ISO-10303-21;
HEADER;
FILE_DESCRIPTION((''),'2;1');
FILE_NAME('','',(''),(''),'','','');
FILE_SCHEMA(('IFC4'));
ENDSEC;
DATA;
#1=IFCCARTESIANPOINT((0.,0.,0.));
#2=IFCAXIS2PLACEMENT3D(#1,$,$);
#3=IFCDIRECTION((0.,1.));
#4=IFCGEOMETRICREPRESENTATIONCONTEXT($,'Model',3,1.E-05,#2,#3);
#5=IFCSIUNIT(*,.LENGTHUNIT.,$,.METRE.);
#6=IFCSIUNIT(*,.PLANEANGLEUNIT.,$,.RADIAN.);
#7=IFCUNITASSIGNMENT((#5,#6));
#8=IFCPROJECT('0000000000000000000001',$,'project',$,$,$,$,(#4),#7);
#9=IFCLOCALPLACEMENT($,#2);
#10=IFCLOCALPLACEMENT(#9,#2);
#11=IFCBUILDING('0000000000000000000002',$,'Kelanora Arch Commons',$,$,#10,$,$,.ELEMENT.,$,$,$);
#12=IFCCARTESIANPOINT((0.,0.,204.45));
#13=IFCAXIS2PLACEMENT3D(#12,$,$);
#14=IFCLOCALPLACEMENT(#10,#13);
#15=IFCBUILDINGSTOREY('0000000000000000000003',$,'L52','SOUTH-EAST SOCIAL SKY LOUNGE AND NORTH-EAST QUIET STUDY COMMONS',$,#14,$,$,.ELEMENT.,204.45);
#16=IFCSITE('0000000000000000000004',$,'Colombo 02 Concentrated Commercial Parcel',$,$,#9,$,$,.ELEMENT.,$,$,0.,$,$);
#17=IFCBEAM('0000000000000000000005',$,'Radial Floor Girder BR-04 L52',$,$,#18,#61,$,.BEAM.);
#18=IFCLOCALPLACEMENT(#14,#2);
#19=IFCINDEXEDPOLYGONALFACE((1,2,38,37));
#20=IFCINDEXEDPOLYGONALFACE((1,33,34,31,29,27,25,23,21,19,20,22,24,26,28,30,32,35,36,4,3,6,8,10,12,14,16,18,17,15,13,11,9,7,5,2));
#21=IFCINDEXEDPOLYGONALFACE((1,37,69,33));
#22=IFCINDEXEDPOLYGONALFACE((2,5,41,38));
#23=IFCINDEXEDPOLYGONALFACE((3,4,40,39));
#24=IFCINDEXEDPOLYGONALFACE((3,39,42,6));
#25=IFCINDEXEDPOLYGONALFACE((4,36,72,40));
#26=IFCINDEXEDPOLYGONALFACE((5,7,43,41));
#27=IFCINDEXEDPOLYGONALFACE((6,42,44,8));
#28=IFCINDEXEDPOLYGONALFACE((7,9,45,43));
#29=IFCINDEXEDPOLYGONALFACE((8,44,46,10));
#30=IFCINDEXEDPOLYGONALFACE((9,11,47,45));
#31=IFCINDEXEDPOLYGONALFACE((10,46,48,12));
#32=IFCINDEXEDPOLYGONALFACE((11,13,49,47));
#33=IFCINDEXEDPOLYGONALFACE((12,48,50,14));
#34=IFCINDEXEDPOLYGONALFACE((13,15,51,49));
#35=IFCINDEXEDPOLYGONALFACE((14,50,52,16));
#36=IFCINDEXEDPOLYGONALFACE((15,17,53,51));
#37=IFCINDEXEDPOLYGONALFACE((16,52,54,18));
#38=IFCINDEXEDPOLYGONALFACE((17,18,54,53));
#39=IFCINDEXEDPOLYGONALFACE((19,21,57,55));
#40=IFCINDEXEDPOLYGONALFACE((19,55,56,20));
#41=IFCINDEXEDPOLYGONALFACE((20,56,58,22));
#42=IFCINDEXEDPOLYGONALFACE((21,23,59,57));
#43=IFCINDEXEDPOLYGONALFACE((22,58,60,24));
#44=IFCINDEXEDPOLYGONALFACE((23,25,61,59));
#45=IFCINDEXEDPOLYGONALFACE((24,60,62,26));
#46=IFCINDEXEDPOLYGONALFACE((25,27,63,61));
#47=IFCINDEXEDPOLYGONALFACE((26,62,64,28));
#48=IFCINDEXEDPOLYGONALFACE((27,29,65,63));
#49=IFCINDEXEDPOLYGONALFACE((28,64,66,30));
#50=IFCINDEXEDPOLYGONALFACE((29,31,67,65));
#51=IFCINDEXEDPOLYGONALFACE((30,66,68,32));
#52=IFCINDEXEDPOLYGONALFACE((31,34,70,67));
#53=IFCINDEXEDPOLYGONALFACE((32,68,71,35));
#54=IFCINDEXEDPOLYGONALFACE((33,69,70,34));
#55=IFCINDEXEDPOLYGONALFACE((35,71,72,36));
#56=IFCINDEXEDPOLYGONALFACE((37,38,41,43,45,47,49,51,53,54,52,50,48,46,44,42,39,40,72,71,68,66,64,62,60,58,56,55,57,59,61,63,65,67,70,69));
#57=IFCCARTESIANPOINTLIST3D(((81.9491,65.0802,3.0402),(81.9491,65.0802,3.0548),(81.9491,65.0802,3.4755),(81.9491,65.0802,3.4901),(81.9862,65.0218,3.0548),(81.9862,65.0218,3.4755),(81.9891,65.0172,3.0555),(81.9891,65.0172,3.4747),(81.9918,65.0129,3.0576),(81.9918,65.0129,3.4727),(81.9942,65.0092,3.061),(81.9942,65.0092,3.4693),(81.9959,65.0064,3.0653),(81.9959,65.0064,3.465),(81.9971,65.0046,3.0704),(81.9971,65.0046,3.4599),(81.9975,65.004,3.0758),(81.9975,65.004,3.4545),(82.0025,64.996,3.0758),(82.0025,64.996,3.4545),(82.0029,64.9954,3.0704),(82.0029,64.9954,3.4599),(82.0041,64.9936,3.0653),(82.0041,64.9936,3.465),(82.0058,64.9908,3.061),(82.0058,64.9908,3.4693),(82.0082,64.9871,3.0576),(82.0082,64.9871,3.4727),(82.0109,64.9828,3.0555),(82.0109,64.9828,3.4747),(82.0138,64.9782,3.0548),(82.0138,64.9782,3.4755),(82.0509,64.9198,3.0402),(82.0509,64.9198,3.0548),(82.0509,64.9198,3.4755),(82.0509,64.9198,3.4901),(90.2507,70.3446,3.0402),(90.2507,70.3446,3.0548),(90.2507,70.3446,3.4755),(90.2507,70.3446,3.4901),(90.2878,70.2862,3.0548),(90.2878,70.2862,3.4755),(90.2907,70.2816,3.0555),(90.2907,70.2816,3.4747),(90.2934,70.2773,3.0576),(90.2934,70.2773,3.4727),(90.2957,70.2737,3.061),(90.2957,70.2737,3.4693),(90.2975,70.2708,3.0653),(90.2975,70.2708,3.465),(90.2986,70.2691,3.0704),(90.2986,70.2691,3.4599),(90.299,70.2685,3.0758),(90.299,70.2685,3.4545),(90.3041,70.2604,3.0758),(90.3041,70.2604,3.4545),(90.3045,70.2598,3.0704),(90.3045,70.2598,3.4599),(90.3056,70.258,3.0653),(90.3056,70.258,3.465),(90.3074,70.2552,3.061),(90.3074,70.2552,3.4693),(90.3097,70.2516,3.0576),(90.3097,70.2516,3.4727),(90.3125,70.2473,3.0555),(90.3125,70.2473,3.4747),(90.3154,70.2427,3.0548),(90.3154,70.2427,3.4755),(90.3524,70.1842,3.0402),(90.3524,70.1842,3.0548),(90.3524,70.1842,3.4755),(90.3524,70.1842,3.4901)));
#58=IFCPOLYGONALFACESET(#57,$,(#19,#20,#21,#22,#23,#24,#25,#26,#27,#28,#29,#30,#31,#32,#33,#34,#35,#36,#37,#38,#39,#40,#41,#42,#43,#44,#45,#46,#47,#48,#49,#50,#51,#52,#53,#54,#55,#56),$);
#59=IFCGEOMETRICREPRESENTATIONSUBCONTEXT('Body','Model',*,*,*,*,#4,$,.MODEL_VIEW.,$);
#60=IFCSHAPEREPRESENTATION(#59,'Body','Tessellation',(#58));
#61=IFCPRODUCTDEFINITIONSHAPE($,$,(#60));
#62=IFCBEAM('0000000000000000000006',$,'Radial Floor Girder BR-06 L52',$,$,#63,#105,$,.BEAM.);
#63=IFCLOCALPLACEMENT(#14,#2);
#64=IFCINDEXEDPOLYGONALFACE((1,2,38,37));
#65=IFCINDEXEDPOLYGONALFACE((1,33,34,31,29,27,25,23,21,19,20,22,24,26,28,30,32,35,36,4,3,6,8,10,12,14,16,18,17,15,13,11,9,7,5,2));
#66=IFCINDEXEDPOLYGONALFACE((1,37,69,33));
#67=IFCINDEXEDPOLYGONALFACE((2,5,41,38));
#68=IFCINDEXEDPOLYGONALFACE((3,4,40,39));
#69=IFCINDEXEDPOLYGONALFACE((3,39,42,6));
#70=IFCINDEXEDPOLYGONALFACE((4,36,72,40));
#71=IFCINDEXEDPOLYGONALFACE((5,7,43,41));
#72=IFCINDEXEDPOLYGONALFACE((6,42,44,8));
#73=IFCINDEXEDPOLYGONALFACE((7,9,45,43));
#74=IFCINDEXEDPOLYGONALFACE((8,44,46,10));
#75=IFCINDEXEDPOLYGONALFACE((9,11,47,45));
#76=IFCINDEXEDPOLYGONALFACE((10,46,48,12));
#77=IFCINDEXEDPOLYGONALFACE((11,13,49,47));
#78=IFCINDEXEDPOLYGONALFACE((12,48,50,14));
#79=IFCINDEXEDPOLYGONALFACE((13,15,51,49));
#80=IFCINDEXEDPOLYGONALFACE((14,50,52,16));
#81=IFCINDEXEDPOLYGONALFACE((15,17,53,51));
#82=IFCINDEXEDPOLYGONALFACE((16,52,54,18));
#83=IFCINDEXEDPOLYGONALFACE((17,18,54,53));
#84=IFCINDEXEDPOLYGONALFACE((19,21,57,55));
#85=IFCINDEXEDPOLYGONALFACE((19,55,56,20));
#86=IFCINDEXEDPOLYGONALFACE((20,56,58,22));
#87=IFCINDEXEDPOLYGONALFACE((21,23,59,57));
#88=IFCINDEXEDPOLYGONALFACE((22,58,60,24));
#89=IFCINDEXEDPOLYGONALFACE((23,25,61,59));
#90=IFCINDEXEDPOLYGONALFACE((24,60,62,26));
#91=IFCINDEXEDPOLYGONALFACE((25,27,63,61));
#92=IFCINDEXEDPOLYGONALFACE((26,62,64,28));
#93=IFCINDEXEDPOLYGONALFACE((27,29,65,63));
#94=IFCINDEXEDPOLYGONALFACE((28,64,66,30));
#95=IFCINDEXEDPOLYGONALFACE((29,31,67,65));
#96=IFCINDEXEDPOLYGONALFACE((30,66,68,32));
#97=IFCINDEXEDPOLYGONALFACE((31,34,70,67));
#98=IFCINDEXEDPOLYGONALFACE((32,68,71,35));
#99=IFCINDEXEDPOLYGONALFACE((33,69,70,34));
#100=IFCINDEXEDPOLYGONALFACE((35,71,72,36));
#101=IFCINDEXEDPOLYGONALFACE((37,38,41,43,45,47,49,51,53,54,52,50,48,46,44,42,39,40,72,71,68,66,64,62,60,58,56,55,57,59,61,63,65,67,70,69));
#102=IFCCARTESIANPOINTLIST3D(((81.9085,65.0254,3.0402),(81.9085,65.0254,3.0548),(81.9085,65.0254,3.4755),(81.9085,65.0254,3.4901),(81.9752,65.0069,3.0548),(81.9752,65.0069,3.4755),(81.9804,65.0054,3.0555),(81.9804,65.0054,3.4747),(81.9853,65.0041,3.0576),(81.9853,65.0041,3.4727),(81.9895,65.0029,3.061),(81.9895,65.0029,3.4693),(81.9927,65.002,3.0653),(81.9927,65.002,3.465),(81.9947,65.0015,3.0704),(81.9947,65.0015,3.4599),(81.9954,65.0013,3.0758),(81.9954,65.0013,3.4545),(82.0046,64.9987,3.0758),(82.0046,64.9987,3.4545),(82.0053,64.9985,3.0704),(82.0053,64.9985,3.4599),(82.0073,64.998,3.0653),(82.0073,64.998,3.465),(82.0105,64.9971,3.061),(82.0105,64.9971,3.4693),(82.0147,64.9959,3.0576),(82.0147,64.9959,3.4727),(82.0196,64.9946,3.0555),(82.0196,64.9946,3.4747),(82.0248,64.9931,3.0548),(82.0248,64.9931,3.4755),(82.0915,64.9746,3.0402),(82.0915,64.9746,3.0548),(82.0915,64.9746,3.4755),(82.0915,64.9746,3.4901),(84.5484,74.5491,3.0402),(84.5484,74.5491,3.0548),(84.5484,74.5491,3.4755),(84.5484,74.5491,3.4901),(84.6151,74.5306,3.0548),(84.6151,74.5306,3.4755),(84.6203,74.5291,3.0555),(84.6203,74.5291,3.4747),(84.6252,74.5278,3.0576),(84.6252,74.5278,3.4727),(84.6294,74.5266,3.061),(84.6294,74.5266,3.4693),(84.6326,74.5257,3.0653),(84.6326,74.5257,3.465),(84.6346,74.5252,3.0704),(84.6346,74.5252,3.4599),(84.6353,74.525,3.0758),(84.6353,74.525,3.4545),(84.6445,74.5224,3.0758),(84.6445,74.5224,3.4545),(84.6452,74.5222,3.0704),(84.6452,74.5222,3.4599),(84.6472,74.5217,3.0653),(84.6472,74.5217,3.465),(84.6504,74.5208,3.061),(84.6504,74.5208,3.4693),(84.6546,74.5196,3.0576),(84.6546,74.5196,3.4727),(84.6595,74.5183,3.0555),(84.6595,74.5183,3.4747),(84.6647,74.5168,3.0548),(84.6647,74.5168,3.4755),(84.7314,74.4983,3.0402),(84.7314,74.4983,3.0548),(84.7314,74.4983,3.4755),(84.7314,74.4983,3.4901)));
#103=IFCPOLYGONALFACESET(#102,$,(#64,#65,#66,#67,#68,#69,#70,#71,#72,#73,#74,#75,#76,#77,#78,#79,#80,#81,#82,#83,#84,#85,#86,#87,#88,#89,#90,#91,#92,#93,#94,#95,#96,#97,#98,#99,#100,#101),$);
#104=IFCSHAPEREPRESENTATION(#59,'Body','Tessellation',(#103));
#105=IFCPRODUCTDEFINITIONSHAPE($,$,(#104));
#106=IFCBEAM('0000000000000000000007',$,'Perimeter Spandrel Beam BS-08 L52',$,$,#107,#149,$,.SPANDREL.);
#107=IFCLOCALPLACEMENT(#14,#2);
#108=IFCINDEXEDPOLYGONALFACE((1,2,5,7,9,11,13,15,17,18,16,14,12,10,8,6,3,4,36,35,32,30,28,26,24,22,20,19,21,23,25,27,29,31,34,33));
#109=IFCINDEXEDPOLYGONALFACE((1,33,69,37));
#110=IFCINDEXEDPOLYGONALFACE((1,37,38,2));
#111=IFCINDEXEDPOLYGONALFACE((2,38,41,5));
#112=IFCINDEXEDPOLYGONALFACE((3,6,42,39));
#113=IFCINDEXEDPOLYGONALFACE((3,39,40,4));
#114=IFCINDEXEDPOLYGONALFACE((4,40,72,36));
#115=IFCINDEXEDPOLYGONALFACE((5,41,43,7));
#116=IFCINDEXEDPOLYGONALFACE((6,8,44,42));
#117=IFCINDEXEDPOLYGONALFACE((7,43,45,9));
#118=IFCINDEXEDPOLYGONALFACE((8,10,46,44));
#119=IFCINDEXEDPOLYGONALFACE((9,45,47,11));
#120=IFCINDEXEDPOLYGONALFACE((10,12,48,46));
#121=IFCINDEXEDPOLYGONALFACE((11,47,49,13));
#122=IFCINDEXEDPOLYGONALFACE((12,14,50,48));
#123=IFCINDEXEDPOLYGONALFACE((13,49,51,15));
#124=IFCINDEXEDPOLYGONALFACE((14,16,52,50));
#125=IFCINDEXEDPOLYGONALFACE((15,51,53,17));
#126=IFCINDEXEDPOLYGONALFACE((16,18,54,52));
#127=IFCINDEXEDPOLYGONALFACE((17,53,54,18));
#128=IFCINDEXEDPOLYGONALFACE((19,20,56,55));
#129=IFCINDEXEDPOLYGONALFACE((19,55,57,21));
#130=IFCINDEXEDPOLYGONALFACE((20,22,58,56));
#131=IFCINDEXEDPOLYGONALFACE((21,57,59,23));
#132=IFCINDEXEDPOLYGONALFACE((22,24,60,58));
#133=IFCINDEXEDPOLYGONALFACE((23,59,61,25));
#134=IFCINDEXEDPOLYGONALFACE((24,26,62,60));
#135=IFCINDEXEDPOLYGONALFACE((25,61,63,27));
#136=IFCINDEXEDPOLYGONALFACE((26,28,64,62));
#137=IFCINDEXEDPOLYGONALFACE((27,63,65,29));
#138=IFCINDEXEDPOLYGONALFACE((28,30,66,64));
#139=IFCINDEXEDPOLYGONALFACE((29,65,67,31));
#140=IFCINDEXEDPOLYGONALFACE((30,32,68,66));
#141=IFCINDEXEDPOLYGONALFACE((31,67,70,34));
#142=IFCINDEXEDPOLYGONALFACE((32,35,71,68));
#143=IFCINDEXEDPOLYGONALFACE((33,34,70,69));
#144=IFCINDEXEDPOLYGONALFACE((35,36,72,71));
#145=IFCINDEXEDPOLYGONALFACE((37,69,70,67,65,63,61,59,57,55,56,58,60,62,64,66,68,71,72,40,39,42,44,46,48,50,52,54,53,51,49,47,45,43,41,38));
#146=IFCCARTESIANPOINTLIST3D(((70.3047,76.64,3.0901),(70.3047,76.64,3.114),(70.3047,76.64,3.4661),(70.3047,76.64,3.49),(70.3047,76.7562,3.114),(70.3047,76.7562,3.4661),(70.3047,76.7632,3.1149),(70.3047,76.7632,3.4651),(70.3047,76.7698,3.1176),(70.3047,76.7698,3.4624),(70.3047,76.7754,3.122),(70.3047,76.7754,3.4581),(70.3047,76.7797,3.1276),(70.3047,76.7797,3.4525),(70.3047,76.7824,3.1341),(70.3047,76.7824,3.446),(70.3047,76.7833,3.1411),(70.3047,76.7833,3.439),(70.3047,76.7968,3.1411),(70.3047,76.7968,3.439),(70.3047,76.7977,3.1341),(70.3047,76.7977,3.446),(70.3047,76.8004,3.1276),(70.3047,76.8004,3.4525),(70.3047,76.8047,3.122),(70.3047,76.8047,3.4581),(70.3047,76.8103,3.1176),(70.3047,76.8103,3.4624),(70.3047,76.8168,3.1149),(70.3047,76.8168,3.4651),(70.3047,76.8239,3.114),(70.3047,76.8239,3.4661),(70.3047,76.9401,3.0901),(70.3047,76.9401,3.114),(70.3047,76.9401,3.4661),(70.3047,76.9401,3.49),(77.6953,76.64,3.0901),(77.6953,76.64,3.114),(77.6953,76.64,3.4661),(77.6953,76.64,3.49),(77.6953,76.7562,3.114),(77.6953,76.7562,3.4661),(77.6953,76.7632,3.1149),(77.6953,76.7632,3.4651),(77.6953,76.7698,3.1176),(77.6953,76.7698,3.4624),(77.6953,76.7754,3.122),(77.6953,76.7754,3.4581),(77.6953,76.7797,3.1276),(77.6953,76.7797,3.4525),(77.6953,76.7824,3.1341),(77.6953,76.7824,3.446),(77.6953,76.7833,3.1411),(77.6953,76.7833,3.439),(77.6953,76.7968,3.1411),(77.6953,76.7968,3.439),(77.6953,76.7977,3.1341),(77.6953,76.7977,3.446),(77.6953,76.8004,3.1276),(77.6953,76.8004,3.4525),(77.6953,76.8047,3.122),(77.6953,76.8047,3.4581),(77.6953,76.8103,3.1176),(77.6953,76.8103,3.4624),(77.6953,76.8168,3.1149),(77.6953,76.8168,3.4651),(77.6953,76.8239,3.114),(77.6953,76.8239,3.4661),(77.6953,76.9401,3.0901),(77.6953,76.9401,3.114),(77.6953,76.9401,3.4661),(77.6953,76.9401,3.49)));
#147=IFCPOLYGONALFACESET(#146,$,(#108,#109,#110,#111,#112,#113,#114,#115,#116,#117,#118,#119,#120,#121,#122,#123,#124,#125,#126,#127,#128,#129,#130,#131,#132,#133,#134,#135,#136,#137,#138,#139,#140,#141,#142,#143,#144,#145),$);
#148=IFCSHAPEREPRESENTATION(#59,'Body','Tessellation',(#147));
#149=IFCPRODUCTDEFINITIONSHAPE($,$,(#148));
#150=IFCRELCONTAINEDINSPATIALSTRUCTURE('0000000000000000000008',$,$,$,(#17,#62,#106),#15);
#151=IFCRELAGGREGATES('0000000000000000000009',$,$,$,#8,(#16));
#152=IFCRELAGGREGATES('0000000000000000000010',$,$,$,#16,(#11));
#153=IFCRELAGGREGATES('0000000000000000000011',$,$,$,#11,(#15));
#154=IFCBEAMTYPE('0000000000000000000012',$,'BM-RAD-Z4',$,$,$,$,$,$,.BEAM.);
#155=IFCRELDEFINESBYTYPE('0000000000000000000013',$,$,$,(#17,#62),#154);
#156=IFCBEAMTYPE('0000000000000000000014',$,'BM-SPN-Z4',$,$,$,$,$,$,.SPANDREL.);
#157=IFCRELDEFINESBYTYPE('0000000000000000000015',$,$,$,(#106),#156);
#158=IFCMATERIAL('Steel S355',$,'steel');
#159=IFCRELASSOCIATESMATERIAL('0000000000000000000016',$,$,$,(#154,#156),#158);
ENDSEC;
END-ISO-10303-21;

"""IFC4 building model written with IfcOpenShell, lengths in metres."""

from ifc_helpers import new_model, si_unit, direction, frame, origin, origin_2d, place, context, subcontext, project, spatial, i_section, extrude, material, material_profile, profile_set, type_object, element, save


model = new_model("IFC4")

# Units and contexts
model_context = context("Model", 3, precision=1e-05, world=origin(), true_north=direction((0.0, 1.0)))
body_context = subcontext(model_context, "Body", "Model", "MODEL_VIEW")
ifc_project = project(units=[si_unit("LENGTHUNIT", "METRE"), si_unit("PLANEANGLEUNIT", "RADIAN")], contexts=[model_context])

# Site, building, storey
site_placement = place(None, origin())
site = spatial("IfcSite", under=ifc_project, at=site_placement, Name="Colombo 02 Concentrated Commercial Parcel", CompositionType="ELEMENT", RefElevation=0.0)
building_placement = place(site_placement, origin())
building = spatial("IfcBuilding", under=site, at=building_placement, Name="Kelanora Arch Commons", CompositionType="ELEMENT")
storey_placement = place(building_placement, frame((0.0, 0.0, 204.45)))
storey = spatial("IfcBuildingStorey", under=building, at=storey_placement, Name="L52", Description="SOUTH-EAST SOCIAL SKY LOUNGE AND NORTH-EAST QUIET STUDY COMMONS", CompositionType="ELEMENT", Elevation=204.45)

# Beams
ifc_material_1 = material(Name="Steel S355", Category="steel")
ifc_material_profile_1 = material_profile(ifc_material_1, i_section(OverallWidth=0.1899, OverallDepth=0.45, WebThickness=0.0095, FlangeThickness=0.0146, FilletRadius=0.021, at=origin_2d()), Name="IPE450")
ifc_profile_set_1 = profile_set([ifc_material_profile_1], Name="Steel S355")
beam_type_1 = type_object("IfcBeamType", Name="BM-RAD-Z4", PredefinedType="BEAM", material=ifc_profile_set_1)
beam_1_placement = place(storey_placement, frame((82.0, 65.0, 3.2651), z_axis=(0.844507, 0.535544, 0.0), x_axis=(-0.535544, 0.844507, 0.0)))
element("IfcBeam", 1, at=beam_1_placement, inside=storey, type_object=beam_type_1, Name="Radial Floor Girder BR-04 L52", PredefinedType="BEAM", context=body_context, shape_type="SweptSolid", body=[
    extrude(i_section(OverallWidth=0.1899, OverallDepth=0.45, WebThickness=0.0095, FlangeThickness=0.0146, FilletRadius=0.021, at=origin_2d()), origin(), (0.0, 0.0, 1.0), 9.8301),
])
beam_2_placement = place(storey_placement, frame((82.0, 65.0, 3.2651), z_axis=(0.26712, 0.963663, 0.0), x_axis=(-0.963663, 0.26712, 0.0)))
element("IfcBeam", 2, at=beam_2_placement, inside=storey, type_object=beam_type_1, Name="Radial Floor Girder BR-06 L52", PredefinedType="BEAM", context=body_context, shape_type="SweptSolid", body=[
    extrude(i_section(OverallWidth=0.1899, OverallDepth=0.45, WebThickness=0.0095, FlangeThickness=0.0146, FilletRadius=0.021, at=origin_2d()), origin(), (0.0, 0.0, 1.0), 9.8828),
])
ifc_material_profile_2 = material_profile(ifc_material_1, i_section(OverallWidth=0.3, OverallDepth=0.3999, WebThickness=0.0134, FlangeThickness=0.0239, FilletRadius=0.0271, at=origin_2d()), Name="HEB400")
ifc_profile_set_2 = profile_set([ifc_material_profile_2], Name="Steel S355")
beam_type_2 = type_object("IfcBeamType", Name="BM-SPN-Z4", PredefinedType="SPANDREL", material=ifc_profile_set_2)
beam_3_placement = place(storey_placement, frame((77.6953, 76.79, 3.29), z_axis=(-1.0, 0.0, 0.0), x_axis=(0.0, -1.0, 0.0)))
element("IfcBeam", 3, at=beam_3_placement, inside=storey, type_object=beam_type_2, Name="Perimeter Spandrel Beam BS-08 L52", PredefinedType="SPANDREL", context=body_context, shape_type="SweptSolid", body=[
    extrude(i_section(OverallWidth=0.3, OverallDepth=0.3999, WebThickness=0.0134, FlangeThickness=0.0239, FilletRadius=0.0271, at=origin_2d()), origin(), (0.0, 0.0, 1.0), 7.3906),
])

save(model, "model.ifc")
